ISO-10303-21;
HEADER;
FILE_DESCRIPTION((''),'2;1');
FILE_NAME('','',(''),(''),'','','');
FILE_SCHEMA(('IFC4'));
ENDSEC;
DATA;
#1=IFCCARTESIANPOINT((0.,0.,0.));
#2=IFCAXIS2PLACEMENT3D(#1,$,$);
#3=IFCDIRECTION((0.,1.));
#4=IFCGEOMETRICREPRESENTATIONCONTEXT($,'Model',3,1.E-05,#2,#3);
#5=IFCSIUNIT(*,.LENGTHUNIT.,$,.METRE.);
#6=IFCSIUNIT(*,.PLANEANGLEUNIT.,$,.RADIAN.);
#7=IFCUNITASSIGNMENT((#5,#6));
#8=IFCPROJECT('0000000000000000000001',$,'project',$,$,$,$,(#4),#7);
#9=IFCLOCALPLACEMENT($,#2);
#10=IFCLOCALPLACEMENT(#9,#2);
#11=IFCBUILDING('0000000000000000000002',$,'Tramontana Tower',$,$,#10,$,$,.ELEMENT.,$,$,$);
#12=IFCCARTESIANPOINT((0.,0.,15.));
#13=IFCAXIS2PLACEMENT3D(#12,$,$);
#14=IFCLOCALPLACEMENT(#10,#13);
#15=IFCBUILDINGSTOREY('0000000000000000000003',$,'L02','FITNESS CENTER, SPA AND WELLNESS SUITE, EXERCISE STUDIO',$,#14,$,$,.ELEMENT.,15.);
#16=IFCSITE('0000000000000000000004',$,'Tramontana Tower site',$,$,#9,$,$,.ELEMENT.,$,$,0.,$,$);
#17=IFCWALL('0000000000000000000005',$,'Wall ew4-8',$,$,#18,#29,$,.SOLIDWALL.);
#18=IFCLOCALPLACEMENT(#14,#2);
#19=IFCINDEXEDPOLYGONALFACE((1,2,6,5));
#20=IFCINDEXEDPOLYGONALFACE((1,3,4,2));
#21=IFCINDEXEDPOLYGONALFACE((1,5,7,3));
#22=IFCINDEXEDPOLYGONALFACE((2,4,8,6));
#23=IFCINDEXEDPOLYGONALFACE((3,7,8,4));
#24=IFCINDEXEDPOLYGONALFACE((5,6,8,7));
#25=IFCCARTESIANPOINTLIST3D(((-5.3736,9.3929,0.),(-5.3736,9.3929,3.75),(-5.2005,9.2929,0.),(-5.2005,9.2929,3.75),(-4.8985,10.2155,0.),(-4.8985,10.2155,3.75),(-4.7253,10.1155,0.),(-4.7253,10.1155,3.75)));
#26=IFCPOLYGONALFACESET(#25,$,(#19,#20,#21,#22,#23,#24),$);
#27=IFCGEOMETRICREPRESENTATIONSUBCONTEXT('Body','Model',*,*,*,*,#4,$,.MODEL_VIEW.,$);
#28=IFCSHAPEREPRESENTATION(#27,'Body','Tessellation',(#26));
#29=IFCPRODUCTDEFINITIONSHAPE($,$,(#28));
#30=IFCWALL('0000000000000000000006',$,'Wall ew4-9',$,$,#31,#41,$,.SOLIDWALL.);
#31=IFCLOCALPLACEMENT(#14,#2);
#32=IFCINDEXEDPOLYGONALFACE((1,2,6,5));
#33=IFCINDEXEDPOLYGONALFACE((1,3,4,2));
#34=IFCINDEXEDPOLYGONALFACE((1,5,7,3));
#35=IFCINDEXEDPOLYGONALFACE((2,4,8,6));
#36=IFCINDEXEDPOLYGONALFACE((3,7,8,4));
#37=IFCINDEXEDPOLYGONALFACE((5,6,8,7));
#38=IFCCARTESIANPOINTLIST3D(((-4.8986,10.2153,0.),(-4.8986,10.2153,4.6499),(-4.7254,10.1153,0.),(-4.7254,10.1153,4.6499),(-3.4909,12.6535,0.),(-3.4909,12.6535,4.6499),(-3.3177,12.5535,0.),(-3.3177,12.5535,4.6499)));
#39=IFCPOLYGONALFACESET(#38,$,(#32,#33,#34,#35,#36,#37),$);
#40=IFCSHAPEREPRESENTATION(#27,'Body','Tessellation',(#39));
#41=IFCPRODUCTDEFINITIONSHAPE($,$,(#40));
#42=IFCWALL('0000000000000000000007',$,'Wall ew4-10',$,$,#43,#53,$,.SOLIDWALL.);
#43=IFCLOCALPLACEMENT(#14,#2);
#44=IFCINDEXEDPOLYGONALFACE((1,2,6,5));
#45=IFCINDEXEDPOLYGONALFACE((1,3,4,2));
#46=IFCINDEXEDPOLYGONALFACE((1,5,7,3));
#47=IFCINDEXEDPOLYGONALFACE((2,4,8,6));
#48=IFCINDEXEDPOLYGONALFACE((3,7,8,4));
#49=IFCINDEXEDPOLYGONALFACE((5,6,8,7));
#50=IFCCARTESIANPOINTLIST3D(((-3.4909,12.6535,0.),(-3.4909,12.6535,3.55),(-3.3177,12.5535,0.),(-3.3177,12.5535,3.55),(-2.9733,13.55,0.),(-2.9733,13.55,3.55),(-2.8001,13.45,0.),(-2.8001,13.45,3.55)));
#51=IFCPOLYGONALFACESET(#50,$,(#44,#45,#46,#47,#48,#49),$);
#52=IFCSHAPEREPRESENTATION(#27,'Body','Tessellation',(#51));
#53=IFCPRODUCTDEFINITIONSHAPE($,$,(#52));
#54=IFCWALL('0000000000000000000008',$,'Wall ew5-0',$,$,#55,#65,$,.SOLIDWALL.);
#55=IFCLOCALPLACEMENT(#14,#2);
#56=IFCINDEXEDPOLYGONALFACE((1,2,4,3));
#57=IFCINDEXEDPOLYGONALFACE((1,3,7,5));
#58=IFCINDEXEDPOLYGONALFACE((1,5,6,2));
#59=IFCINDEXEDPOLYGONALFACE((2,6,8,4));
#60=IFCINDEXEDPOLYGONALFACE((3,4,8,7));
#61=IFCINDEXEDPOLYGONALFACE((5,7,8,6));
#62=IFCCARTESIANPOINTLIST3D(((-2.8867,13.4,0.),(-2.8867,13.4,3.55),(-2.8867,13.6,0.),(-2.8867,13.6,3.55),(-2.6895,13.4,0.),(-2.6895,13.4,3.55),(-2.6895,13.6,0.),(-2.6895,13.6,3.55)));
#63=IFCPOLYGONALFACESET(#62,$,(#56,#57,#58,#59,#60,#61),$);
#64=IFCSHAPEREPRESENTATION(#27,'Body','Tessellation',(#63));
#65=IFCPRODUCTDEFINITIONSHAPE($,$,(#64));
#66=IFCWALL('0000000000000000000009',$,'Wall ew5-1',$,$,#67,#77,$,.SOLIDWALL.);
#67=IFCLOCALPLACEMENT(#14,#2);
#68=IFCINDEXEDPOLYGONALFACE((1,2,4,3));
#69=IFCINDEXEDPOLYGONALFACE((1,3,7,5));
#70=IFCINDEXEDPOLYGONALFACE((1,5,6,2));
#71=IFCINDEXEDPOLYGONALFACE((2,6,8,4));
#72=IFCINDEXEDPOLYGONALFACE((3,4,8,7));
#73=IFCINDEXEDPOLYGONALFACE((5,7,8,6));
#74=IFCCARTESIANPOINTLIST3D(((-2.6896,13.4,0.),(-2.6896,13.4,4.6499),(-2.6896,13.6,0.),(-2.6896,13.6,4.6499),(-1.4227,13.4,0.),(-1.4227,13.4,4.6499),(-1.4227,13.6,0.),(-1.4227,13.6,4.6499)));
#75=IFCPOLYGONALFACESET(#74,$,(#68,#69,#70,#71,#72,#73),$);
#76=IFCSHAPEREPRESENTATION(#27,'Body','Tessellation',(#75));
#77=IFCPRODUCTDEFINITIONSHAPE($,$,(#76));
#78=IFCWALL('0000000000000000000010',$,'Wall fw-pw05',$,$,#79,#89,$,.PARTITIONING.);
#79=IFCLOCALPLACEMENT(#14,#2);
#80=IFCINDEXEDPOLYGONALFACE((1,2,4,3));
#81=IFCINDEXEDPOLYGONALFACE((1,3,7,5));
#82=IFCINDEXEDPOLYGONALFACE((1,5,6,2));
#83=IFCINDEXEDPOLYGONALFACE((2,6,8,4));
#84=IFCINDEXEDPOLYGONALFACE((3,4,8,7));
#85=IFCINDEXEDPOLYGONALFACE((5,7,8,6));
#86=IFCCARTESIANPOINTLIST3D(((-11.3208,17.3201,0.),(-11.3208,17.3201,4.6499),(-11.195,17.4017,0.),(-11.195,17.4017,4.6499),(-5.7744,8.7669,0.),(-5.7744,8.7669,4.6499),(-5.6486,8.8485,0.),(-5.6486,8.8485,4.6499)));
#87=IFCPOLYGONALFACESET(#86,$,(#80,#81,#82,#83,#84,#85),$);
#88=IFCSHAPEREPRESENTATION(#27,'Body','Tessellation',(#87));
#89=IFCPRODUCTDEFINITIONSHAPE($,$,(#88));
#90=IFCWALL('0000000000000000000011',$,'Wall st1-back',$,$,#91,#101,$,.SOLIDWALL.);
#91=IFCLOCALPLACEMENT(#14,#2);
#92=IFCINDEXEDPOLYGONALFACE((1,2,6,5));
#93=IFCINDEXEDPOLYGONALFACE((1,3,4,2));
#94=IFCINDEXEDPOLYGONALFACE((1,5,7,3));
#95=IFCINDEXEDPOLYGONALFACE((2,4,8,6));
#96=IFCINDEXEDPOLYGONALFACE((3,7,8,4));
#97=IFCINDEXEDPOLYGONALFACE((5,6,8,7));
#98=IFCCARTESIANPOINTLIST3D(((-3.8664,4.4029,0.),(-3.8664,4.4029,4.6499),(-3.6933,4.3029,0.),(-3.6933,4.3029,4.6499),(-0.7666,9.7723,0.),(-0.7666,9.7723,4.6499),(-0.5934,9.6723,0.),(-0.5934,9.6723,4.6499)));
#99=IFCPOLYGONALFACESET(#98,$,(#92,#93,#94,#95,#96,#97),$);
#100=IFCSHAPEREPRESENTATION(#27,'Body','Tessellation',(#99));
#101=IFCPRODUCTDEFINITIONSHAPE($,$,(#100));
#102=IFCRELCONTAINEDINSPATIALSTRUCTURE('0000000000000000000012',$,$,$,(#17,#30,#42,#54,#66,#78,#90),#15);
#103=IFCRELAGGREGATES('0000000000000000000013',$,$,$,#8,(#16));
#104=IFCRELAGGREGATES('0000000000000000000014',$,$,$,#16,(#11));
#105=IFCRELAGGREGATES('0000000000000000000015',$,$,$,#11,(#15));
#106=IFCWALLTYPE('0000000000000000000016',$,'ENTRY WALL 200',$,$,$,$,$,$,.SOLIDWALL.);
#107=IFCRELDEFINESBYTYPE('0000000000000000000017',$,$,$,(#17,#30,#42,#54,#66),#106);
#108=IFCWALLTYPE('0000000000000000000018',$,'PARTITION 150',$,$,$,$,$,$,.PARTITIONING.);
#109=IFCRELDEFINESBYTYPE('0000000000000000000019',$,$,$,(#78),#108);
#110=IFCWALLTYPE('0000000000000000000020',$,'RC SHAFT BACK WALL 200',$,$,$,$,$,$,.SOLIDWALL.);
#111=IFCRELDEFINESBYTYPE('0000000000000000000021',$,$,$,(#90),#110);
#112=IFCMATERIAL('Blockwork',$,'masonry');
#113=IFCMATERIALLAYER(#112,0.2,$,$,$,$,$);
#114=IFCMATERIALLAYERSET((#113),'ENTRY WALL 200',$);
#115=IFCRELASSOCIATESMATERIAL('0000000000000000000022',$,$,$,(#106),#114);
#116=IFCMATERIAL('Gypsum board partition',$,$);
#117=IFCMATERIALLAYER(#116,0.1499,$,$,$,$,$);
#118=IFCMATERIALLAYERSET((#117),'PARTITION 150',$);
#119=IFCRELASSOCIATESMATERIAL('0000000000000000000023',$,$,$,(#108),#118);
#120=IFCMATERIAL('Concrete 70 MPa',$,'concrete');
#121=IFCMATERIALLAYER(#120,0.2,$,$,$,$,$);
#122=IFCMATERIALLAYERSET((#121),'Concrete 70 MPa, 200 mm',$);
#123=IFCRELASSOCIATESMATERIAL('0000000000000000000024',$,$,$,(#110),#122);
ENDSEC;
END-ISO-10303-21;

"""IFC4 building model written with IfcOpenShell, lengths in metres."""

from ifc_helpers import new_model, si_unit, direction, frame, frame_2d, origin, place, context, subcontext, project, spatial, rectangle, extrude, material, layer, layer_set, type_object, element, save


model = new_model("IFC4")

# Units and contexts
model_context = context("Model", 3, precision=1e-05, world=origin(), true_north=direction((0.0, 1.0)))
body_context = subcontext(model_context, "Body", "Model", "MODEL_VIEW")
ifc_project = project(units=[si_unit("LENGTHUNIT", "METRE"), si_unit("PLANEANGLEUNIT", "RADIAN")], contexts=[model_context])

# Site, building, storey
site_placement = place(None, origin())
site = spatial("IfcSite", under=ifc_project, at=site_placement, Name="Tramontana Tower site", CompositionType="ELEMENT", RefElevation=0.0)
building_placement = place(site_placement, origin())
building = spatial("IfcBuilding", under=site, at=building_placement, Name="Tramontana Tower", CompositionType="ELEMENT")
storey_placement = place(building_placement, frame((0.0, 0.0, 15.0)))
storey = spatial("IfcBuildingStorey", under=building, at=storey_placement, Name="L02", Description="FITNESS CENTER, SPA AND WELLNESS SUITE, EXERCISE STUDIO", CompositionType="ELEMENT", Elevation=15.0)

# Walls
ifc_material_1 = material(Name="Blockwork", Category="masonry")
ifc_layer_1 = layer(ifc_material_1, 0.2)
ifc_layer_set_1 = layer_set([ifc_layer_1], Name="ENTRY WALL 200")
wall_type_1 = type_object("IfcWallType", Name="ENTRY WALL 200", PredefinedType="SOLIDWALL", material=ifc_layer_set_1)
wall_1_placement = place(storey_placement, frame((-5.2871, 9.3428, 0.0), z_axis=(0.0, 0.0, 1.0), x_axis=(0.500175, 0.865924, 0.0)))
element("IfcWall", 1, at=wall_1_placement, inside=storey, type_object=wall_type_1, Name="Wall ew4-8", PredefinedType="SOLIDWALL", context=body_context, shape_type="SweptSolid", body=[
    extrude(rectangle(XDim=0.95, YDim=0.2, at=frame_2d((0.4751, 0.0))), origin(), (0.0, 0.0, 1.0), 3.75),
])
wall_2_placement = place(storey_placement, frame((-4.812, 10.1653, 0.0), z_axis=(0.0, 0.0, 1.0), x_axis=(0.5, 0.866025, 0.0)))
element("IfcWall", 2, at=wall_2_placement, inside=storey, type_object=wall_type_1, Name="Wall ew4-9", PredefinedType="SOLIDWALL", context=body_context, shape_type="SweptSolid", body=[
    extrude(rectangle(XDim=2.8154, YDim=0.2, at=frame_2d((1.4077, 0.0))), origin(), (0.0, 0.0, 1.0), 4.6499),
])
wall_3_placement = place(storey_placement, frame((-3.4043, 12.6035, 0.0), z_axis=(0.0, 0.0, 1.0), x_axis=(0.499995, 0.866028, 0.0)))
element("IfcWall", 3, at=wall_3_placement, inside=storey, type_object=wall_type_1, Name="Wall ew4-10", PredefinedType="SOLIDWALL", context=body_context, shape_type="SweptSolid", body=[
    extrude(rectangle(XDim=1.0352, YDim=0.2, at=frame_2d((0.5176, 0.0))), origin(), (0.0, 0.0, 1.0), 3.55),
])
wall_4_placement = place(storey_placement, frame((-2.8867, 13.5, 0.0), z_axis=(0.0, 0.0, 1.0), x_axis=(1.0, 0.0, 0.0)))
element("IfcWall", 4, at=wall_4_placement, inside=storey, type_object=wall_type_1, Name="Wall ew5-0", PredefinedType="SOLIDWALL", context=body_context, shape_type="SweptSolid", body=[
    extrude(rectangle(XDim=0.1973, YDim=0.2, at=frame_2d((0.0986, 0.0))), origin(), (0.0, 0.0, 1.0), 3.55),
])
wall_5_placement = place(storey_placement, frame((-2.6895, 13.5, 0.0), z_axis=(0.0, 0.0, 1.0), x_axis=(1.0, 0.0, 0.0)))
element("IfcWall", 5, at=wall_5_placement, inside=storey, type_object=wall_type_1, Name="Wall ew5-1", PredefinedType="SOLIDWALL", context=body_context, shape_type="SweptSolid", body=[
    extrude(rectangle(XDim=1.2668, YDim=0.2, at=frame_2d((0.6333, 0.0))), origin(), (0.0, 0.0, 1.0), 4.6499),
])

# Walls
ifc_material_2 = material(Name="Gypsum board partition")
ifc_layer_2 = layer(ifc_material_2, 0.1499)
ifc_layer_set_2 = layer_set([ifc_layer_2], Name="PARTITION 150")
wall_type_2 = type_object("IfcWallType", Name="PARTITION 150", PredefinedType="PARTITIONING", material=ifc_layer_set_2)
wall_6_placement = place(storey_placement, frame((-5.7114, 8.8076, 0.0), z_axis=(0.0, 0.0, 1.0), x_axis=(-0.544077, 0.839035, 0.0)))
element("IfcWall", 6, at=wall_6_placement, inside=storey, type_object=wall_type_2, Name="Wall fw-pw05", PredefinedType="PARTITIONING", context=body_context, shape_type="SweptSolid", body=[
    extrude(rectangle(XDim=10.1941, YDim=0.1499, at=frame_2d((5.0972, 0.0))), origin(), (0.0, 0.0, 1.0), 4.6499),
])
ifc_material_3 = material(Name="Concrete 70 MPa", Category="concrete")
ifc_layer_3 = layer(ifc_material_3, 0.2)
ifc_layer_set_3 = layer_set([ifc_layer_3], Name="Concrete 70 MPa, 200 mm")
wall_type_3 = type_object("IfcWallType", Name="RC SHAFT BACK WALL 200", PredefinedType="SOLIDWALL", material=ifc_layer_set_3)
wall_7_placement = place(storey_placement, frame((-0.6799, 9.7224, 0.0), z_axis=(0.0, 0.0, 1.0), x_axis=(-0.49998, -0.866037, 0.0)))
element("IfcWall", 7, at=wall_7_placement, inside=storey, type_object=wall_type_3, Name="Wall st1-back", PredefinedType="SOLIDWALL", context=body_context, shape_type="SweptSolid", body=[
    extrude(rectangle(XDim=6.2, YDim=0.2, at=frame_2d((3.1001, 0.0))), origin(), (0.0, 0.0, 1.0), 4.6499),
])

save(model, "model.ifc")
